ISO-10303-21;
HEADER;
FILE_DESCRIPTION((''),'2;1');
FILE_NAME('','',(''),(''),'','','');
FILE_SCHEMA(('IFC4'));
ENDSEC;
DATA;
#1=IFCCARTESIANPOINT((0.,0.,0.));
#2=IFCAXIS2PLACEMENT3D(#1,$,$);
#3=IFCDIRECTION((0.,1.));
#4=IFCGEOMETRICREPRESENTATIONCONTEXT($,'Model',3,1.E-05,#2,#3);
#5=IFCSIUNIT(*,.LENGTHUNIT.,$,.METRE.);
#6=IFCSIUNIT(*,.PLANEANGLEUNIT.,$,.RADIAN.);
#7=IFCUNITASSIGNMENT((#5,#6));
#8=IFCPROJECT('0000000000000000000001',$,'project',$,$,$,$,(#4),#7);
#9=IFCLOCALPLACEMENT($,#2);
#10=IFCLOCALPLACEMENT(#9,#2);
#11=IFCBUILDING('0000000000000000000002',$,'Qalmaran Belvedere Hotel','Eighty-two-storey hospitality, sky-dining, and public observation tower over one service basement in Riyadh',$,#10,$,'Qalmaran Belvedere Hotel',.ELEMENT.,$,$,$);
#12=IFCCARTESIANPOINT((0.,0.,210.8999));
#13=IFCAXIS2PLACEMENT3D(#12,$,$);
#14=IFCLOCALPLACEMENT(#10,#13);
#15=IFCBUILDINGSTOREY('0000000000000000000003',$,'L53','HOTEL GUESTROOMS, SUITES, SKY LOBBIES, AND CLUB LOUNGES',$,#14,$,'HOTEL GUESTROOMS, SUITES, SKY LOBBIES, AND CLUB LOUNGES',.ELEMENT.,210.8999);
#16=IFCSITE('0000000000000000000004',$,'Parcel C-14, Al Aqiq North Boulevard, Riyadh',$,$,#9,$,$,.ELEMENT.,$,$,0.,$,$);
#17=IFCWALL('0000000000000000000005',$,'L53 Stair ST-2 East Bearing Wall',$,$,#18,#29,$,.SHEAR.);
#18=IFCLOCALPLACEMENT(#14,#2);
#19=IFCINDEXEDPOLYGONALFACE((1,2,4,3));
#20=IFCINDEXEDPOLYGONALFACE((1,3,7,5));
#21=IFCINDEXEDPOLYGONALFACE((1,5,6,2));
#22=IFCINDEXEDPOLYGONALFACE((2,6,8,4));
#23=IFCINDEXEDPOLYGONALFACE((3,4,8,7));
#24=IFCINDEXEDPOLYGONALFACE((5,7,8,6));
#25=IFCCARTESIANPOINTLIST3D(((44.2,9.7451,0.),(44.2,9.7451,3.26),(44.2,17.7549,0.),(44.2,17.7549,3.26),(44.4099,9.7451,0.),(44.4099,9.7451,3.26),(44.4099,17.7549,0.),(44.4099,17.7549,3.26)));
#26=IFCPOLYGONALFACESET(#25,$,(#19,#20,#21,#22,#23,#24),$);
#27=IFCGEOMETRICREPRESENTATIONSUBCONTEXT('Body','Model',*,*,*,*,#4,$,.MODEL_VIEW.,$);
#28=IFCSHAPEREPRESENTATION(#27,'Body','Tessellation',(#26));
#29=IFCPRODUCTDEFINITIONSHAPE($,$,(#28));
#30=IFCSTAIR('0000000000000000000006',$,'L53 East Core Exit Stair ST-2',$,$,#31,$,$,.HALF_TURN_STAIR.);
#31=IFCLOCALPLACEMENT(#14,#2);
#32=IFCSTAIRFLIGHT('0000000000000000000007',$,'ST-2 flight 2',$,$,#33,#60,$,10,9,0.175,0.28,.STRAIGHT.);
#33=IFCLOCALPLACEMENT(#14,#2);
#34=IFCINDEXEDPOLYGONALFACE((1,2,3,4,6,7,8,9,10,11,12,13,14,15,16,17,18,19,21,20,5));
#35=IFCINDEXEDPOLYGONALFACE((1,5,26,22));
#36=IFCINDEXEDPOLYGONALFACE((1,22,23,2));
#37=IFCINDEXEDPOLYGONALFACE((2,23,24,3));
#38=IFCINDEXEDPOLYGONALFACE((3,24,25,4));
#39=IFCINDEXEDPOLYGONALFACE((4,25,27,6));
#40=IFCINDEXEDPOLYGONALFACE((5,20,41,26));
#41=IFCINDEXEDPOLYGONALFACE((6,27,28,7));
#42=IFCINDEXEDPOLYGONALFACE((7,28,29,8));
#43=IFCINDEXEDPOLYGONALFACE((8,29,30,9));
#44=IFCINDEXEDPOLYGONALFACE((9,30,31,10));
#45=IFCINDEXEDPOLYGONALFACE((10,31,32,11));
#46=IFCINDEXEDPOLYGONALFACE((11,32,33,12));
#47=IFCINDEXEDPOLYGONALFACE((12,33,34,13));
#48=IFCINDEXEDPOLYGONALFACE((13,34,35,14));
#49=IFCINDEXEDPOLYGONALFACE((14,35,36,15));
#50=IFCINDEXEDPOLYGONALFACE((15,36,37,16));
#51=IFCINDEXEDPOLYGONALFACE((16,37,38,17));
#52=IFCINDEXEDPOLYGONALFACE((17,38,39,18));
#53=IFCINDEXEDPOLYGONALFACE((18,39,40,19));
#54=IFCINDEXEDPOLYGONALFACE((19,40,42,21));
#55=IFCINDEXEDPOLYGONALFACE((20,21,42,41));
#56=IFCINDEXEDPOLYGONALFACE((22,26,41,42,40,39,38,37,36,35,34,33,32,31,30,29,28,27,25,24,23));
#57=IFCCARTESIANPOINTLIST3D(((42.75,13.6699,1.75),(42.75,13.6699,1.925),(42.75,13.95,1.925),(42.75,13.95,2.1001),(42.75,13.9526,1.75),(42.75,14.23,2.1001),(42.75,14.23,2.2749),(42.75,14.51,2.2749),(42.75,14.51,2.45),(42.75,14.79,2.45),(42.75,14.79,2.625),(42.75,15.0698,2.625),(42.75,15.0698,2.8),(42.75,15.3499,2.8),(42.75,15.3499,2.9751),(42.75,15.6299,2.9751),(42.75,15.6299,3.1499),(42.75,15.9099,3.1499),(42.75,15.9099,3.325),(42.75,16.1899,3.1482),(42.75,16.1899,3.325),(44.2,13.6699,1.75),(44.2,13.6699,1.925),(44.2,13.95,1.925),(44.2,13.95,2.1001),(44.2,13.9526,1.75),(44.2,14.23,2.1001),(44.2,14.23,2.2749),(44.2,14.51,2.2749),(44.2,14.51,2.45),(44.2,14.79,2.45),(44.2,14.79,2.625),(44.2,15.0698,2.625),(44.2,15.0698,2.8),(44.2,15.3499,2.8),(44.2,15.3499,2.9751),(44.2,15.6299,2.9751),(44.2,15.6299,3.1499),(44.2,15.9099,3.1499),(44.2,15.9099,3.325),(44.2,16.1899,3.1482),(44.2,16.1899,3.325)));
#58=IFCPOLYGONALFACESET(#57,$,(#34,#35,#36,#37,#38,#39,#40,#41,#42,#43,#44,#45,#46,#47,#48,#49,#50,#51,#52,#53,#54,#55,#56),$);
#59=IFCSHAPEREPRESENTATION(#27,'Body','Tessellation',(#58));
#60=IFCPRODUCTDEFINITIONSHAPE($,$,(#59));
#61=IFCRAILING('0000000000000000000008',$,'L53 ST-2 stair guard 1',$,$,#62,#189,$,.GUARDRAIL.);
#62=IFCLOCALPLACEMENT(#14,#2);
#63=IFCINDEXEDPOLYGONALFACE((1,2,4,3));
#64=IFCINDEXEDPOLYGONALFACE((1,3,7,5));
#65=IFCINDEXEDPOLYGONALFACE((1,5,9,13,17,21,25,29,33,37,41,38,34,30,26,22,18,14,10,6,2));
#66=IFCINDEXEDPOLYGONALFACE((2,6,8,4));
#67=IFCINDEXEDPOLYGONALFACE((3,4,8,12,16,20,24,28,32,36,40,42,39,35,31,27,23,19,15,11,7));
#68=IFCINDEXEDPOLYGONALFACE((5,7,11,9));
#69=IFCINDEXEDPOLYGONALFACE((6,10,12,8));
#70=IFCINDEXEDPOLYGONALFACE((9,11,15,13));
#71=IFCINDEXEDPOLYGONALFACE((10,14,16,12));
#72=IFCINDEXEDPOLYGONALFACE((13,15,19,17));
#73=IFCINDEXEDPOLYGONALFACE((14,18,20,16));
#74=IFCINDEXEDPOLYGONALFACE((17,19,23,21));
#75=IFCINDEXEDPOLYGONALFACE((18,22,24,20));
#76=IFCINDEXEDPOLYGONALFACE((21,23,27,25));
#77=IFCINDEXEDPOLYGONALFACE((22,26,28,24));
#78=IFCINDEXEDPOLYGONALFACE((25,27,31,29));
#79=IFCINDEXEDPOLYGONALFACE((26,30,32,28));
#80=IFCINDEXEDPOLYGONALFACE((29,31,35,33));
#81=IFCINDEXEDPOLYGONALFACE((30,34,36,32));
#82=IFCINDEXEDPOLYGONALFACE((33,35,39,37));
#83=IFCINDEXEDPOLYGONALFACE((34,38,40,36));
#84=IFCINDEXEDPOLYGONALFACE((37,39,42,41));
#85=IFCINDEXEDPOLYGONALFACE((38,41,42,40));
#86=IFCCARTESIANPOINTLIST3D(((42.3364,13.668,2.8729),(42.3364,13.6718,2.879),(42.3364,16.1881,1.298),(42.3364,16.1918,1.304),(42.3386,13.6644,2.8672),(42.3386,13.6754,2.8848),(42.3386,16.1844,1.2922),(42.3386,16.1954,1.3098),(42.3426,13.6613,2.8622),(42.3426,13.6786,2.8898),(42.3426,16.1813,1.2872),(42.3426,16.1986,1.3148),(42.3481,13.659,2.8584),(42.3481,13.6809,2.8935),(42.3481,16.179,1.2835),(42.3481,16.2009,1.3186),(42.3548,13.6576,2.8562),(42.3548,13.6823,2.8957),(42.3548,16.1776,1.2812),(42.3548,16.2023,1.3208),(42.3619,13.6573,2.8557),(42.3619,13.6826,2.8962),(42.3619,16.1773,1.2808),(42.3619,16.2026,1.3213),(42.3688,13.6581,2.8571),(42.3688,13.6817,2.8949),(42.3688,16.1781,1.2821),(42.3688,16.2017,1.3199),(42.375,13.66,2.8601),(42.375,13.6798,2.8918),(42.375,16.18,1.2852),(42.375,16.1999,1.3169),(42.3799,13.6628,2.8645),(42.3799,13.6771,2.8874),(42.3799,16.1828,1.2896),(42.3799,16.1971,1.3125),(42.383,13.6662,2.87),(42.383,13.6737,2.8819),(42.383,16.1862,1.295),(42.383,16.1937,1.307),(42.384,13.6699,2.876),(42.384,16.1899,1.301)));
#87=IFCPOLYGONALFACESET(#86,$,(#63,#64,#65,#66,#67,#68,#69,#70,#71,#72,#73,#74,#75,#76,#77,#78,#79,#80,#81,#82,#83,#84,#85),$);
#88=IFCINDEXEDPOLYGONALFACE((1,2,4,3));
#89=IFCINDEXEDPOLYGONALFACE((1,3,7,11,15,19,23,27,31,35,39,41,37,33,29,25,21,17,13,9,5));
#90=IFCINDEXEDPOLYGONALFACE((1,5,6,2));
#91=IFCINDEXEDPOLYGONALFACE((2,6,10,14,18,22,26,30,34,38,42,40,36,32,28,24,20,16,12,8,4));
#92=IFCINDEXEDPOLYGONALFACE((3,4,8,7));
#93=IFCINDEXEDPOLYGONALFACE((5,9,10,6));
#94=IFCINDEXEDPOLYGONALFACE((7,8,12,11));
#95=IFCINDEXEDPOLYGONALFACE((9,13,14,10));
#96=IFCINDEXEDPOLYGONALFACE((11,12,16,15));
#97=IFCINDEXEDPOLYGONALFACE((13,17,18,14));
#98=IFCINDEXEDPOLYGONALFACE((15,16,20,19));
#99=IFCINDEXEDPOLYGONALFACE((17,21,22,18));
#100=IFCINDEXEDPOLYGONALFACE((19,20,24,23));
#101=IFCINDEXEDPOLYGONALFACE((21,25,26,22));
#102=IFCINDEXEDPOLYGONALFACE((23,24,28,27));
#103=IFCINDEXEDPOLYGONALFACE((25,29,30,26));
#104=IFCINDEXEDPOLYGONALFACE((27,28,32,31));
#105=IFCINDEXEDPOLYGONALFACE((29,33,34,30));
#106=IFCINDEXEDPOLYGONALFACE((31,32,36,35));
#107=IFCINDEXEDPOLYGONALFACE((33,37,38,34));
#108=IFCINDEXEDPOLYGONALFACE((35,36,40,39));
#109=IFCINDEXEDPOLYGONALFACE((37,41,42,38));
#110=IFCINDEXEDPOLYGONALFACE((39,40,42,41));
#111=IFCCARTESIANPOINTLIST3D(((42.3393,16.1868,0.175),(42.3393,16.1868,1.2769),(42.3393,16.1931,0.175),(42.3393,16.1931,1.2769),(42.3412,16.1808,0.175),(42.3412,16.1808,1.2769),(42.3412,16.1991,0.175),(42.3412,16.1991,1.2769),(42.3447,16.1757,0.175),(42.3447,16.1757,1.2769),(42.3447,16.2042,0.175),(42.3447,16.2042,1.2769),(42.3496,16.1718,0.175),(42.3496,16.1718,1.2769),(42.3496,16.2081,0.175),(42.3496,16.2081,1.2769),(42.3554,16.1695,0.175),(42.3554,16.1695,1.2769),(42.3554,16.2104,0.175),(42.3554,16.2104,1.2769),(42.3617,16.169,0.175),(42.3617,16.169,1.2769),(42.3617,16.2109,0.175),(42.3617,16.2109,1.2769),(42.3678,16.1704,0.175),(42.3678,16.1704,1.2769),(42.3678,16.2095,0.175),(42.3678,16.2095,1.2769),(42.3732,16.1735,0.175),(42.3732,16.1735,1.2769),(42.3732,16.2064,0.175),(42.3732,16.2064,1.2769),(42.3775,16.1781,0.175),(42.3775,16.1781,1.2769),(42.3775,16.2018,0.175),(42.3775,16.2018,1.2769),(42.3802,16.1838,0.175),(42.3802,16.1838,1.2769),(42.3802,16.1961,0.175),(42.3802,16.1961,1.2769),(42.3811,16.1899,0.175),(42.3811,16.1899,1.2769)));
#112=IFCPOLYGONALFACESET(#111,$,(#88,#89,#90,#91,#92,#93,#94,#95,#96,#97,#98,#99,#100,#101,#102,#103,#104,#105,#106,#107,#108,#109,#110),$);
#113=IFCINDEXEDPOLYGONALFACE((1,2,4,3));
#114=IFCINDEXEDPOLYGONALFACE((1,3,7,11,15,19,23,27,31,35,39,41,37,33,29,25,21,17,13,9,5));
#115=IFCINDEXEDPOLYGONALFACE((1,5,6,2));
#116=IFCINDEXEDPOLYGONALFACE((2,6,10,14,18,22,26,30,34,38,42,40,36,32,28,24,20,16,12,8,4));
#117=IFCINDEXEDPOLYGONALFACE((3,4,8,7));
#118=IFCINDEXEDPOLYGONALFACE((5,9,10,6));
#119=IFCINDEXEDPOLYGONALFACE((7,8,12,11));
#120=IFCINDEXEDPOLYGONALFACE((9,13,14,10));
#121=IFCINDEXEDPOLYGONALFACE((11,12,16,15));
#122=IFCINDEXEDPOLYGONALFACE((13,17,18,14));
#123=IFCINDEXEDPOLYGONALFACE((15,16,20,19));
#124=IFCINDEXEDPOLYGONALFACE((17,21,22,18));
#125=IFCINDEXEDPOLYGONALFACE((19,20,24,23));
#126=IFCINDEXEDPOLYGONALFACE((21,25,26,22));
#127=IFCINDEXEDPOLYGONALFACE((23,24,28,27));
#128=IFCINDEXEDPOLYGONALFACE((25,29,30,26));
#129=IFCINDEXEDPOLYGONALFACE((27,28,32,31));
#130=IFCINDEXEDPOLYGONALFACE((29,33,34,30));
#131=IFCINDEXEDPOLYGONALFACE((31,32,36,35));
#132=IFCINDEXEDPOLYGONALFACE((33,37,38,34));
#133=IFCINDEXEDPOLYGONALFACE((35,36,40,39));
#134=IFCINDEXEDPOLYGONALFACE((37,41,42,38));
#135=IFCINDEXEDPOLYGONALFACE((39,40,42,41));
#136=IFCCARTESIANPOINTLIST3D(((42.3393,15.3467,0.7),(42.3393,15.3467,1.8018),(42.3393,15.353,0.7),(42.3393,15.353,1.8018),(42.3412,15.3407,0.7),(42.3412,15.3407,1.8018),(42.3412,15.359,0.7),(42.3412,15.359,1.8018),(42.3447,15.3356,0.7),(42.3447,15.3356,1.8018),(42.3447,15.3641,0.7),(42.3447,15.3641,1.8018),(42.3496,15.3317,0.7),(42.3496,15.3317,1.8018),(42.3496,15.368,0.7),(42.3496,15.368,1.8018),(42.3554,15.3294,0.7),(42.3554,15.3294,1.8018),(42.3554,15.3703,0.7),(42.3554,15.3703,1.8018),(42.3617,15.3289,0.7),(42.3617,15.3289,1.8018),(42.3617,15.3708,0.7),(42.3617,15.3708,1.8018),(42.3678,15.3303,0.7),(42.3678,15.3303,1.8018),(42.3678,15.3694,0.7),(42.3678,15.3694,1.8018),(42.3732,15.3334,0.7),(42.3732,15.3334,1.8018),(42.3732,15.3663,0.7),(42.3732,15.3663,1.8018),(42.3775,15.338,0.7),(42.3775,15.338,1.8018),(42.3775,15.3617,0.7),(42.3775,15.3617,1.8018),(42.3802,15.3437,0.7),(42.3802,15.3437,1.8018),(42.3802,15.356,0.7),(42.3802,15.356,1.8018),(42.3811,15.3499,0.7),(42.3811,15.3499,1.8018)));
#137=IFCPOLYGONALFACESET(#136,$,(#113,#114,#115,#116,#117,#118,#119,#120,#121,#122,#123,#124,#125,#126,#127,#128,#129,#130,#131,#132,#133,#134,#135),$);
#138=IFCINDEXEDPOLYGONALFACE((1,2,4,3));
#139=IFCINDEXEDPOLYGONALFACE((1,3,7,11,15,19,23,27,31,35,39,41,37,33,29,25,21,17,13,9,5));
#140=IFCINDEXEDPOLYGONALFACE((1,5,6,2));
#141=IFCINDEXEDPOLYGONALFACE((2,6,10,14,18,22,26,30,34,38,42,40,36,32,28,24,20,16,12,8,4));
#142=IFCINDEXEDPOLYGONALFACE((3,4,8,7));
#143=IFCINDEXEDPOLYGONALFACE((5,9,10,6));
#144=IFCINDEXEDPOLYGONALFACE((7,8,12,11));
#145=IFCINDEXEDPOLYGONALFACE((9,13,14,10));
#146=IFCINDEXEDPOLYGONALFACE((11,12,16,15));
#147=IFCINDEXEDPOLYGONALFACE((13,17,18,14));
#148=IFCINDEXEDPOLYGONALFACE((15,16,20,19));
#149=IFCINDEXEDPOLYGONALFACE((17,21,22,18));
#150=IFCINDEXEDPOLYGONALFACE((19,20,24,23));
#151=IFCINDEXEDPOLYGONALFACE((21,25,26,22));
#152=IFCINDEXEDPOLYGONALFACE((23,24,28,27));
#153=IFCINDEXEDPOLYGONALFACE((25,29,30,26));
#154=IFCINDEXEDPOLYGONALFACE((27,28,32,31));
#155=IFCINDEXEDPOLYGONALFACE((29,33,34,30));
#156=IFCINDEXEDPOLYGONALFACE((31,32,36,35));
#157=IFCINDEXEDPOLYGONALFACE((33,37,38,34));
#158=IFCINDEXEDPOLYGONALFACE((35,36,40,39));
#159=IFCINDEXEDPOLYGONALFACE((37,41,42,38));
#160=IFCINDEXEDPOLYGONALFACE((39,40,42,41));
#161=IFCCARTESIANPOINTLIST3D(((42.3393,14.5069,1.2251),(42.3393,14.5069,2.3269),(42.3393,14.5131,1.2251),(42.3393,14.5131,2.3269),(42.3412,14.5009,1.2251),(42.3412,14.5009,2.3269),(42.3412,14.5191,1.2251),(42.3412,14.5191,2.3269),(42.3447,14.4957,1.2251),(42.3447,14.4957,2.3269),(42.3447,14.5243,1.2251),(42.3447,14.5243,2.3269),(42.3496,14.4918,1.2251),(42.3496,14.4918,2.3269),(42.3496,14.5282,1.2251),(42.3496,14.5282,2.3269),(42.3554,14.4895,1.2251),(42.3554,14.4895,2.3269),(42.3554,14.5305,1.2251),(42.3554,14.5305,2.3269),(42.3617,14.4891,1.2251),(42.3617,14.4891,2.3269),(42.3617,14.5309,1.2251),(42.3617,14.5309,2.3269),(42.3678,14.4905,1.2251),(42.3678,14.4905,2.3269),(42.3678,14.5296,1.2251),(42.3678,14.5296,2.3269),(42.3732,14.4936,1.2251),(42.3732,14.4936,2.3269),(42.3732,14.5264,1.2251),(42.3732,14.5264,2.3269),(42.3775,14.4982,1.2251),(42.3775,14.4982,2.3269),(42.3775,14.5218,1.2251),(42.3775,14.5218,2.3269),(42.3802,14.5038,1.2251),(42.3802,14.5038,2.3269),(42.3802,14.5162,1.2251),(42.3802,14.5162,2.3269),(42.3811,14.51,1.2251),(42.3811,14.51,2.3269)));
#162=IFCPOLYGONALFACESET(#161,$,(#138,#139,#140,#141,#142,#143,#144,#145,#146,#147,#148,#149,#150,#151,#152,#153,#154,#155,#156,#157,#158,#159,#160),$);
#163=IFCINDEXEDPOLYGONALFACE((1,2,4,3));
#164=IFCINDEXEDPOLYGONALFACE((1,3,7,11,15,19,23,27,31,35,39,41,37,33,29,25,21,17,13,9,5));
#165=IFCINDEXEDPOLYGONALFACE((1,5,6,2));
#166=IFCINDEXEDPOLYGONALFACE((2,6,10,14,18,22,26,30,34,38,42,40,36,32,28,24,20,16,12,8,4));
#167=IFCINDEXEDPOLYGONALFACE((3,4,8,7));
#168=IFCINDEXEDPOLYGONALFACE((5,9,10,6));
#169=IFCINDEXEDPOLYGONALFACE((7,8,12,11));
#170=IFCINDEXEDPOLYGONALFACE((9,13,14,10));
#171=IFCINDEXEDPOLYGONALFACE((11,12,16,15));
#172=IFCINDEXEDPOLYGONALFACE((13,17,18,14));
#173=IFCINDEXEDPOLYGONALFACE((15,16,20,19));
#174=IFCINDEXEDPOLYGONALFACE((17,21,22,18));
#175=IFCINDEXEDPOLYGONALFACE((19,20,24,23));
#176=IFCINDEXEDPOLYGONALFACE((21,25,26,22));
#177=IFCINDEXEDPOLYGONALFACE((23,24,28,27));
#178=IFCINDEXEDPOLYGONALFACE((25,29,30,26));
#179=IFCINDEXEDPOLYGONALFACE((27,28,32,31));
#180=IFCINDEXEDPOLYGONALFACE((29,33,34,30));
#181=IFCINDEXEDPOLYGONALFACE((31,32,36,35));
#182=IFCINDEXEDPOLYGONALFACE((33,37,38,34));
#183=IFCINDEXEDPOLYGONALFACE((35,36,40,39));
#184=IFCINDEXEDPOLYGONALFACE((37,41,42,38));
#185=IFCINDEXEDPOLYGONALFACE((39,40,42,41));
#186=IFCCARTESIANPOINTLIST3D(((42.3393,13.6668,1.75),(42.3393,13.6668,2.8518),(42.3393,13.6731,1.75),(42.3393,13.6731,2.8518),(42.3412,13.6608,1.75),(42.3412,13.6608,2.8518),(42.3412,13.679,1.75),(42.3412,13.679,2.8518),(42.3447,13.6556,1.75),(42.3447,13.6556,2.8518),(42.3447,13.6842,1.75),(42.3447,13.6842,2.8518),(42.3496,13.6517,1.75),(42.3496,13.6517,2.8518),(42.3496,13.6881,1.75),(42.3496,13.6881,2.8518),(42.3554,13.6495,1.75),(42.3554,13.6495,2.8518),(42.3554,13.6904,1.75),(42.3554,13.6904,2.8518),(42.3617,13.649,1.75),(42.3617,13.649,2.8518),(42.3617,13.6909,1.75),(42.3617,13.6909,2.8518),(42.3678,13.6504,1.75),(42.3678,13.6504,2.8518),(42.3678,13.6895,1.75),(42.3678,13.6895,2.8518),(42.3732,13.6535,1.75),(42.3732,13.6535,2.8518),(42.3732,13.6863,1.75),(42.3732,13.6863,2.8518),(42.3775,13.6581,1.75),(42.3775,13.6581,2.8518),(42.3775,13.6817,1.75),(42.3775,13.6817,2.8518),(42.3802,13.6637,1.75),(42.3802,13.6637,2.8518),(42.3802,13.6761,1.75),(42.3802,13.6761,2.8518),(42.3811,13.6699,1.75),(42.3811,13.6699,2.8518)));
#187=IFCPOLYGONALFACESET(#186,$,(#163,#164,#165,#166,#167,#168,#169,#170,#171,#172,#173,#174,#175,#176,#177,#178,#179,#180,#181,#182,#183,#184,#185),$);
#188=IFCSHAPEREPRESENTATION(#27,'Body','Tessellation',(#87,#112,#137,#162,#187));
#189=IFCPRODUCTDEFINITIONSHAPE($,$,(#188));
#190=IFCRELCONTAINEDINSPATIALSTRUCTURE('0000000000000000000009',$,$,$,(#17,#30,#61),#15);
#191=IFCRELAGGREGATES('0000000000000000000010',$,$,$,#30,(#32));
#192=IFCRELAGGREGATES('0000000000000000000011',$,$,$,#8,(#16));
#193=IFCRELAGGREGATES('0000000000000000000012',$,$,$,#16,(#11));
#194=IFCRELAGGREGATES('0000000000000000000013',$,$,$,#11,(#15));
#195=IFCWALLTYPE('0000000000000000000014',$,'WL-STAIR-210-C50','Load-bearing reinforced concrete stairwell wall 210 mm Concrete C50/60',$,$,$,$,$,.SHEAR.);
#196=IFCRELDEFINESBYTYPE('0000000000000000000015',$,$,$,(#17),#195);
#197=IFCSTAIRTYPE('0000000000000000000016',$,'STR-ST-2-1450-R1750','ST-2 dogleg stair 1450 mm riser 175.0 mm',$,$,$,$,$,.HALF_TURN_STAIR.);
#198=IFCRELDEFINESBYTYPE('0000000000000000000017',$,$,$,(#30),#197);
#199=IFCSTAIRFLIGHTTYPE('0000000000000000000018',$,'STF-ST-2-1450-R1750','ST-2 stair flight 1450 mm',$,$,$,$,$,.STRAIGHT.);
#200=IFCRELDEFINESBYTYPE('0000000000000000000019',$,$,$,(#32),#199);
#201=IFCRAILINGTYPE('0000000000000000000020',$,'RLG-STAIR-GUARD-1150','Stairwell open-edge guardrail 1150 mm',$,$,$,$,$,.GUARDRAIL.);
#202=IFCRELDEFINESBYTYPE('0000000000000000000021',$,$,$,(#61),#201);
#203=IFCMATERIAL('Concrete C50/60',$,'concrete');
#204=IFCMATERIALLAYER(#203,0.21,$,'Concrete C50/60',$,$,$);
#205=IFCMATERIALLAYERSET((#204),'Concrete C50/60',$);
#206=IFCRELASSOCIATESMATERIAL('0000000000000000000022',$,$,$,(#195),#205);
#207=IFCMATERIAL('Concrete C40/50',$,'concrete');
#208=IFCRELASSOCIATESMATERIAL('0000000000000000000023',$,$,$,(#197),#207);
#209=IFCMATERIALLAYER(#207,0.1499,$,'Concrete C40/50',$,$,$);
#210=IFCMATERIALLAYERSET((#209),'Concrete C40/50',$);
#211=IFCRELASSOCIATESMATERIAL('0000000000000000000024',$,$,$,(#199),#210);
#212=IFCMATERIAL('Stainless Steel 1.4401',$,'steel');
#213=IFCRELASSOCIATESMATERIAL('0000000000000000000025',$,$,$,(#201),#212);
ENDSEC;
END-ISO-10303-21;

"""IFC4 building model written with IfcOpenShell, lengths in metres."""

from ifc_helpers import new_model, si_unit, direction, frame, frame_2d, origin, origin_2d, place, context, subcontext, project, spatial, polyline, rectangle, circle, outline, extrude, material, layer, layer_set, type_object, element, aggregate, save


model = new_model("IFC4")

# Units and contexts
model_context = context("Model", 3, precision=1e-05, world=origin(), true_north=direction((0.0, 1.0)))
body_context = subcontext(model_context, "Body", "Model", "MODEL_VIEW")
ifc_project = project(units=[si_unit("LENGTHUNIT", "METRE"), si_unit("PLANEANGLEUNIT", "RADIAN")], contexts=[model_context])

# Site, building, storey
site_placement = place(None, origin())
site = spatial("IfcSite", under=ifc_project, at=site_placement, Name="Parcel C-14, Al Aqiq North Boulevard, Riyadh", CompositionType="ELEMENT", RefElevation=0.0)
building_placement = place(site_placement, origin())
building = spatial("IfcBuilding", under=site, at=building_placement, Name="Qalmaran Belvedere Hotel", Description="Eighty-two-storey hospitality, sky-dining, and public observation tower over one service basement in Riyadh", LongName="Qalmaran Belvedere Hotel", CompositionType="ELEMENT")
storey_placement = place(building_placement, frame((0.0, 0.0, 210.8999)))
storey = spatial("IfcBuildingStorey", under=building, at=storey_placement, Name="L53", Description="HOTEL GUESTROOMS, SUITES, SKY LOBBIES, AND CLUB LOUNGES", LongName="HOTEL GUESTROOMS, SUITES, SKY LOBBIES, AND CLUB LOUNGES", CompositionType="ELEMENT", Elevation=210.8999)

# Shared definitions
ifc_material_1 = material(Name="Concrete C50/60", Category="concrete")

# Wall
ifc_layer_1 = layer(ifc_material_1, 0.21, Name="Concrete C50/60")
ifc_layer_set_1 = layer_set([ifc_layer_1], Name="Concrete C50/60")
wall_type_1 = type_object("IfcWallType", Name="WL-STAIR-210-C50", Description="Load-bearing reinforced concrete stairwell wall 210 mm Concrete C50/60", PredefinedType="SHEAR", material=ifc_layer_set_1)
wall_1_placement = place(storey_placement, frame((44.3049, 9.7451, 0.0), z_axis=(0.0, 0.0, 1.0), x_axis=(0.0, 1.0, 0.0)))
element("IfcWall", 1, at=wall_1_placement, inside=storey, type_object=wall_type_1, Name="L53 Stair ST-2 East Bearing Wall", PredefinedType="SHEAR", context=body_context, shape_type="SweptSolid", body=[
    extrude(rectangle(XDim=8.0098, YDim=0.21, at=frame_2d((4.0049, 0.0))), origin(), (0.0, 0.0, 1.0), 3.26),
])

# Stair, stair flight
ifc_material_2 = material(Name="Concrete C40/50", Category="concrete")
stair_type = type_object("IfcStairType", Name="STR-ST-2-1450-R1750", Description="ST-2 dogleg stair 1450 mm riser 175.0 mm", PredefinedType="HALF_TURN_STAIR", material=ifc_material_2)
stair_placement = place(storey_placement, origin())
stair = element("IfcStair", 2, at=stair_placement, inside=storey, type_object=stair_type, Name="L53 East Core Exit Stair ST-2", PredefinedType="HALF_TURN_STAIR")
ifc_layer_2 = layer(ifc_material_2, 0.1499, Name="Concrete C40/50")
ifc_layer_set_2 = layer_set([ifc_layer_2], Name="Concrete C40/50")
stair_flight_type = type_object("IfcStairFlightType", Name="STF-ST-2-1450-R1750", Description="ST-2 stair flight 1450 mm", PredefinedType="STRAIGHT", material=ifc_layer_set_2)
stair_flight_placement = place(storey_placement, frame((43.4751, 13.6699, 1.75), z_axis=(0.0, 0.0, 1.0), x_axis=(0.0, 1.0, 0.0)))
stair_flight = element("IfcStairFlight", 3, at=stair_flight_placement, type_object=stair_flight_type, Name="ST-2 flight 2", NumberOfRisers=10, NumberOfTreads=9, PredefinedType="STRAIGHT", RiserHeight=0.175, TreadLength=0.28, context=body_context, shape_type="SweptSolid", body=[
    extrude(outline(polyline([(0.0, 0.0), (0.0, 0.175), (0.28, 0.175), (0.28, 0.3501), (0.5601, 0.3501), (0.5601, 0.5249), (0.8401, 0.5249), (0.8401, 0.7), (1.1201, 0.7), (1.1201, 0.875), (1.3999, 0.875), (1.3999, 1.05), (1.6799, 1.05), (1.6799, 1.2251), (1.96, 1.2251), (1.96, 1.3999), (2.24, 1.3999), (2.24, 1.575), (2.52, 1.575), (2.52, 1.75), (2.52, 1.3982), (0.2827, 0.0), (0.0, 0.0)])), frame((0.0, 0.7251, 0.0), z_axis=(0.0, -1.0, 0.0), x_axis=(1.0, 0.0, 0.0)), (0.0, 0.0, 1.0), 1.45),
])
aggregate(stair, [stair_flight])

# Railing
ifc_material_3 = material(Name="Stainless Steel 1.4401", Category="steel")
railing_type_1 = type_object("IfcRailingType", Name="RLG-STAIR-GUARD-1150", Description="Stairwell open-edge guardrail 1150 mm", PredefinedType="GUARDRAIL", material=ifc_material_3)
railing_1_placement = place(storey_placement, frame((42.3601, 16.1899, 0.175)))
element("IfcRailing", 4, at=railing_1_placement, inside=storey, type_object=railing_type_1, Name="L53 ST-2 stair guard 1", PredefinedType="GUARDRAIL", context=body_context, shape_type="SweptSolid", body=[
    extrude(circle(Radius=0.0239, at=origin_2d()), frame((0.0, 0.0, 1.126), z_axis=(0.0, -0.848008, 0.529984), x_axis=(1.0, 0.0, 0.0)), (0.0, 0.0, 1.0), 2.9717),
    extrude(circle(Radius=0.021, at=origin_2d()), origin(), (0.0, 0.0, 1.0), 1.1018),
    extrude(circle(Radius=0.021, at=origin_2d()), frame((0.0, -0.8401, 0.5249)), (0.0, 0.0, 1.0), 1.1018),
    extrude(circle(Radius=0.021, at=origin_2d()), frame((0.0, -1.6799, 1.05)), (0.0, 0.0, 1.0), 1.1018),
    extrude(circle(Radius=0.021, at=origin_2d()), frame((0.0, -2.52, 1.575)), (0.0, 0.0, 1.0), 1.1018),
])

save(model, "model.ifc")
